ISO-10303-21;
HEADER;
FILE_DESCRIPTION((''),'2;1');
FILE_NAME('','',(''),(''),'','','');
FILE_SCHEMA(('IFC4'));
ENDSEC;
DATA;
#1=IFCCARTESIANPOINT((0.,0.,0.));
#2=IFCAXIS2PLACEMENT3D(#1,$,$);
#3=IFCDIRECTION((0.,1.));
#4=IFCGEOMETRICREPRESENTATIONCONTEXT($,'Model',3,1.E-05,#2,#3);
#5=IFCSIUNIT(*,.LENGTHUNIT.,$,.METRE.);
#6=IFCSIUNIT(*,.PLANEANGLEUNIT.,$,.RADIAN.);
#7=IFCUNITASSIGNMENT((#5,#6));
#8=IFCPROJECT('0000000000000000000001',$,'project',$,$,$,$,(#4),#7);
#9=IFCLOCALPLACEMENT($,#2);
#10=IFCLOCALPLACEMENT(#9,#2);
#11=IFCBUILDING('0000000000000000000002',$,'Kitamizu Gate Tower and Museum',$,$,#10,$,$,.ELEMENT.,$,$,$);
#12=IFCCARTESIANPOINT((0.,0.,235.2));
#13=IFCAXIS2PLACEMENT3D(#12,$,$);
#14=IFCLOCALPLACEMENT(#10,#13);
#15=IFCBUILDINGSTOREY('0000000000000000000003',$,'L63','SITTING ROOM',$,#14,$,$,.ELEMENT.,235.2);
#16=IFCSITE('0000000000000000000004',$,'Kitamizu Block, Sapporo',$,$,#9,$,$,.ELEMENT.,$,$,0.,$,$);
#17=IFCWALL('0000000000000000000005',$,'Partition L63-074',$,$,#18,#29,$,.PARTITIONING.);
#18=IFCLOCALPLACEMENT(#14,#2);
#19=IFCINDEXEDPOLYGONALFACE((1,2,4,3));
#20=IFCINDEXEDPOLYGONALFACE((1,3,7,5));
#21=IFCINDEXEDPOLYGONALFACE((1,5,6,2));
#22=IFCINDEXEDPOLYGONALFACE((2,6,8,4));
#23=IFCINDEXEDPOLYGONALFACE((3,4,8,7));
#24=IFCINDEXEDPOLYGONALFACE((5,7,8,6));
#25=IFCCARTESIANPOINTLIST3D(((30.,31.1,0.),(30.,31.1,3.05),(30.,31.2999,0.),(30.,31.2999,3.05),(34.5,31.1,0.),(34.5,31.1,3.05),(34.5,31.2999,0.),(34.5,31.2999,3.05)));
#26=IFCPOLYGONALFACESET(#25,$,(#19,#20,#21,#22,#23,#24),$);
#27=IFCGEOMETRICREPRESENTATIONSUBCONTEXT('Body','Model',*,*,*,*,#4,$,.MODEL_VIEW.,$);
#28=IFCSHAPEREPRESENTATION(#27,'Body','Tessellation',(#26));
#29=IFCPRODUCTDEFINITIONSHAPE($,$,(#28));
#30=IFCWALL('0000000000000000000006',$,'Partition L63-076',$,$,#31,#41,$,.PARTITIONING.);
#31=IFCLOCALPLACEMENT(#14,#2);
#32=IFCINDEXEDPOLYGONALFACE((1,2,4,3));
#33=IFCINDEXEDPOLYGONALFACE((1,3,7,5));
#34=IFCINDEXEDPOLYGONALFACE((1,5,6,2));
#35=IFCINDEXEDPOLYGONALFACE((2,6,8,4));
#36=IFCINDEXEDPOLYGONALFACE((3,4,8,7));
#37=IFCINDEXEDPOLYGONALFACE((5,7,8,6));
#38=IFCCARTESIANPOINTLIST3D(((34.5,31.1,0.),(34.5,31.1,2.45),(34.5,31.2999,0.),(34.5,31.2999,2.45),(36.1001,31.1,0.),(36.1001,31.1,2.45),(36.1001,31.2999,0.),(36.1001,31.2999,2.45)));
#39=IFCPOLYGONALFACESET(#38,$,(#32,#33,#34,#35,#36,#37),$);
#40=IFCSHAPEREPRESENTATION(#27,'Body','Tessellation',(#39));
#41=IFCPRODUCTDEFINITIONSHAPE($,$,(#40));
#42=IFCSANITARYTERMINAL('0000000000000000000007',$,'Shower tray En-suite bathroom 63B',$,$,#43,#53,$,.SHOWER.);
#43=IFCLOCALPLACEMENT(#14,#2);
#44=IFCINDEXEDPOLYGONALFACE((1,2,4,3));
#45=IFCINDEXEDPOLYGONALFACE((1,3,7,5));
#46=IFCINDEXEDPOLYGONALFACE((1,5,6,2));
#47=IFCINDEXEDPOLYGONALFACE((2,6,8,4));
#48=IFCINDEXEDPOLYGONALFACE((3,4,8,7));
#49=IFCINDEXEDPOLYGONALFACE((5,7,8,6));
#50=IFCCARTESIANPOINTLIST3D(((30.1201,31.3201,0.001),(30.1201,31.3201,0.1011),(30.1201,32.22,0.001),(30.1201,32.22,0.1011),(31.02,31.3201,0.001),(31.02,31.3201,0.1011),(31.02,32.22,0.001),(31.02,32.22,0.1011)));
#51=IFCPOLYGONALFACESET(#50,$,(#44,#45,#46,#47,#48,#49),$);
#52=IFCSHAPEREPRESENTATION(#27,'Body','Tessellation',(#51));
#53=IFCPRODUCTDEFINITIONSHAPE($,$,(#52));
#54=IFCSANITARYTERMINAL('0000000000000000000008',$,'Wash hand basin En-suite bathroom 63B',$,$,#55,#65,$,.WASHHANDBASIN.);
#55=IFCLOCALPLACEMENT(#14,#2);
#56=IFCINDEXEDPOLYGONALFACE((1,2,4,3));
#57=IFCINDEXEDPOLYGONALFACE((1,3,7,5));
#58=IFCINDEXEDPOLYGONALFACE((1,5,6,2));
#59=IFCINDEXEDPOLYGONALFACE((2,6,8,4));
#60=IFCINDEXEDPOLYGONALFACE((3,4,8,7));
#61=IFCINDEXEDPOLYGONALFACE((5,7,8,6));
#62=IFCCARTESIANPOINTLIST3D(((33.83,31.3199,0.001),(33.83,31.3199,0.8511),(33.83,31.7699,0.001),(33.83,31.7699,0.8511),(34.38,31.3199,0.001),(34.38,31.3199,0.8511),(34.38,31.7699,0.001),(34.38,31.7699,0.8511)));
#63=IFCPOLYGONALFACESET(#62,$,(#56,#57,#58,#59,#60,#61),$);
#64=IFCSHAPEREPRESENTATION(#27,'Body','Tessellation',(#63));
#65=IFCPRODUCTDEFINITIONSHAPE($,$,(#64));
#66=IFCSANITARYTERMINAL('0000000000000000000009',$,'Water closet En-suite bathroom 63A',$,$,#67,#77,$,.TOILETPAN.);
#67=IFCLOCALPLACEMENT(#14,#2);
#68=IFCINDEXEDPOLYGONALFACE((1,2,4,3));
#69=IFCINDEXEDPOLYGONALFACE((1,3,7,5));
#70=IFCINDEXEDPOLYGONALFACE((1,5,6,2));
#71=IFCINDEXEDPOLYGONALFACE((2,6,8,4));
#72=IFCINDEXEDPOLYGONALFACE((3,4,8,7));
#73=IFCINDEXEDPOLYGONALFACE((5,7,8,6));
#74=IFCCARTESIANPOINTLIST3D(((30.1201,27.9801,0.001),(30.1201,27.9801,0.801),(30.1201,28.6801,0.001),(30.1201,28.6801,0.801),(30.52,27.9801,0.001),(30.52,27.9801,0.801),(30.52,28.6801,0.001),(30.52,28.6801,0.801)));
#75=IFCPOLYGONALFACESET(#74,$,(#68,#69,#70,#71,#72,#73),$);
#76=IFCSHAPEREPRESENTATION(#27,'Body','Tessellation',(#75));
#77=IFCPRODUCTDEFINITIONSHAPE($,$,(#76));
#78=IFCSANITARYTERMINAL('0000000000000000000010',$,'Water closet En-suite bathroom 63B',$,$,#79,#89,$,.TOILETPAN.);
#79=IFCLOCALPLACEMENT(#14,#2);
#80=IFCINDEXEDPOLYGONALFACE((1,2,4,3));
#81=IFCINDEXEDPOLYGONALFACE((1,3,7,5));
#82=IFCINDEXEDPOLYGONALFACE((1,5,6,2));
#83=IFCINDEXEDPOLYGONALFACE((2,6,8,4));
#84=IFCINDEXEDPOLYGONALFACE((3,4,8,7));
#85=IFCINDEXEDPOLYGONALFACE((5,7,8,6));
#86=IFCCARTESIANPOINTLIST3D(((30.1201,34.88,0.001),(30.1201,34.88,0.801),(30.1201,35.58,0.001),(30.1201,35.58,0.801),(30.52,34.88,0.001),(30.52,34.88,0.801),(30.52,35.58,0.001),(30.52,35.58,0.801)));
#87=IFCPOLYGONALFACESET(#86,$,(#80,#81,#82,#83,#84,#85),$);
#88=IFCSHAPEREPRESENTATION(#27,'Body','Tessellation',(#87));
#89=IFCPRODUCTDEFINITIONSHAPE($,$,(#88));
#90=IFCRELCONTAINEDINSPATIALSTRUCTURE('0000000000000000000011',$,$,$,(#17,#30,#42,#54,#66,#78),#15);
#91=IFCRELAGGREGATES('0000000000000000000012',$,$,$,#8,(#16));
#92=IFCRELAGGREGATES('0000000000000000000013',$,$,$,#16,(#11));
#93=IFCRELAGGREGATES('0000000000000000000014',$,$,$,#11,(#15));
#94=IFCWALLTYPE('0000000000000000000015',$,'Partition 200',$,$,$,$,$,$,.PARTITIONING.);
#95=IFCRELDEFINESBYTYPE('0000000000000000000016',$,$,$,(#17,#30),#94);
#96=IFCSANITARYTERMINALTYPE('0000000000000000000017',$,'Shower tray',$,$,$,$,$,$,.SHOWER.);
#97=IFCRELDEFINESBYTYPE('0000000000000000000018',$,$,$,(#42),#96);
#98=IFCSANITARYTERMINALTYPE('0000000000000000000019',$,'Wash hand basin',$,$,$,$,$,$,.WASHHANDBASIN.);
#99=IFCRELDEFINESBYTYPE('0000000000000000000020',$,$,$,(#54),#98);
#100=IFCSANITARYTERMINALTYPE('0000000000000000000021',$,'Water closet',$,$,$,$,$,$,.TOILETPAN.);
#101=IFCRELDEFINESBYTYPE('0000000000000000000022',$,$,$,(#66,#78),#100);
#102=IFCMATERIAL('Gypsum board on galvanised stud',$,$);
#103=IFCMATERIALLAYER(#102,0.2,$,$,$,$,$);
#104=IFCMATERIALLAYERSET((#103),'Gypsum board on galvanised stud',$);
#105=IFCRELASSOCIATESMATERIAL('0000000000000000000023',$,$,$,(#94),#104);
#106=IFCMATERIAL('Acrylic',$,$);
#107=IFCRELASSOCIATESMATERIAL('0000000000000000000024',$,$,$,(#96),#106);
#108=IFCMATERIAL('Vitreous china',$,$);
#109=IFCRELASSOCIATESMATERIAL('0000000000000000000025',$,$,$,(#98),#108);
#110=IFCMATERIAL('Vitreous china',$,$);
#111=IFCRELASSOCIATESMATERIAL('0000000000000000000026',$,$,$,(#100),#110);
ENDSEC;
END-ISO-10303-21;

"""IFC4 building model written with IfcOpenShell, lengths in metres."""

from ifc_helpers import new_model, si_unit, direction, frame, frame_2d, origin, origin_2d, place, context, subcontext, project, spatial, rectangle, extrude, material, layer, layer_set, type_object, element, save


model = new_model("IFC4")

# Units and contexts
model_context = context("Model", 3, precision=1e-05, world=origin(), true_north=direction((0.0, 1.0)))
body_context = subcontext(model_context, "Body", "Model", "MODEL_VIEW")
ifc_project = project(units=[si_unit("LENGTHUNIT", "METRE"), si_unit("PLANEANGLEUNIT", "RADIAN")], contexts=[model_context])

# Site, building, storey
site_placement = place(None, origin())
site = spatial("IfcSite", under=ifc_project, at=site_placement, Name="Kitamizu Block, Sapporo", CompositionType="ELEMENT", RefElevation=0.0)
building_placement = place(site_placement, origin())
building = spatial("IfcBuilding", under=site, at=building_placement, Name="Kitamizu Gate Tower and Museum", CompositionType="ELEMENT")
storey_placement = place(building_placement, frame((0.0, 0.0, 235.2)))
storey = spatial("IfcBuildingStorey", under=building, at=storey_placement, Name="L63", Description="SITTING ROOM", CompositionType="ELEMENT", Elevation=235.2)

# Walls
ifc_material_1 = material(Name="Gypsum board on galvanised stud")
ifc_layer_1 = layer(ifc_material_1, 0.2)
ifc_layer_set_1 = layer_set([ifc_layer_1], Name="Gypsum board on galvanised stud")
wall_type_1 = type_object("IfcWallType", Name="Partition 200", PredefinedType="PARTITIONING", material=ifc_layer_set_1)
wall_1_placement = place(storey_placement, frame((30.0, 31.2, 0.0), z_axis=(0.0, 0.0, 1.0), x_axis=(1.0, 0.0, 0.0)))
element("IfcWall", 1, at=wall_1_placement, inside=storey, type_object=wall_type_1, Name="Partition L63-074", PredefinedType="PARTITIONING", context=body_context, shape_type="SweptSolid", body=[
    extrude(rectangle(XDim=4.5, YDim=0.2, at=frame_2d((2.25, 0.0))), origin(), (0.0, 0.0, 1.0), 3.05),
])
wall_2_placement = place(storey_placement, frame((34.5, 31.2, 0.0), z_axis=(0.0, 0.0, 1.0), x_axis=(1.0, 0.0, 0.0)))
element("IfcWall", 2, at=wall_2_placement, inside=storey, type_object=wall_type_1, Name="Partition L63-076", PredefinedType="PARTITIONING", context=body_context, shape_type="SweptSolid", body=[
    extrude(rectangle(XDim=1.6001, YDim=0.2, at=frame_2d((0.8, 0.0))), origin(), (0.0, 0.0, 1.0), 2.45),
])

# Sanitary terminals
ifc_material_2 = material(Name="Acrylic")
sanitary_terminal_type_1 = type_object("IfcSanitaryTerminalType", Name="Shower tray", PredefinedType="SHOWER", material=ifc_material_2)
sanitary_terminal_1_placement = place(storey_placement, frame((30.5701, 31.77, 0.001), z_axis=(0.0, 0.0, 1.0), x_axis=(1.0, 0.0, 0.0)))
element("IfcSanitaryTerminal", 3, at=sanitary_terminal_1_placement, inside=storey, type_object=sanitary_terminal_type_1, Name="Shower tray En-suite bathroom 63B", PredefinedType="SHOWER", context=body_context, shape_type="SweptSolid", body=[
    extrude(rectangle(XDim=0.8999, YDim=0.8999, at=origin_2d()), origin(), (0.0, 0.0, 1.0), 0.1001),
])
ifc_material_3 = material(Name="Vitreous china")
sanitary_terminal_type_2 = type_object("IfcSanitaryTerminalType", Name="Wash hand basin", PredefinedType="WASHHANDBASIN", material=ifc_material_3)
sanitary_terminal_2_placement = place(storey_placement, frame((34.105, 31.5449, 0.001), z_axis=(0.0, 0.0, 1.0), x_axis=(1.0, 0.0, 0.0)))
element("IfcSanitaryTerminal", 4, at=sanitary_terminal_2_placement, inside=storey, type_object=sanitary_terminal_type_2, Name="Wash hand basin En-suite bathroom 63B", PredefinedType="WASHHANDBASIN", context=body_context, shape_type="SweptSolid", body=[
    extrude(rectangle(XDim=0.55, YDim=0.45, at=origin_2d()), origin(), (0.0, 0.0, 1.0), 0.8501),
])
ifc_material_4 = material(Name="Vitreous china")
sanitary_terminal_type_3 = type_object("IfcSanitaryTerminalType", Name="Water closet", PredefinedType="TOILETPAN", material=ifc_material_4)
for number, where, z_axis, x_axis, name in (
    (5, (30.3201, 28.3301, 0.001), (0.0, 0.0, 1.0), (1.0, 0.0, 0.0), "Water closet En-suite bathroom 63A"),
    (6, (30.3201, 35.23, 0.001), (0.0, 0.0, 1.0), (1.0, 0.0, 0.0), "Water closet En-suite bathroom 63B"),
):
    element("IfcSanitaryTerminal", number, at=place(storey_placement, frame(where, z_axis=z_axis, x_axis=x_axis)), inside=storey, type_object=sanitary_terminal_type_3, Name=name, PredefinedType="TOILETPAN", context=body_context, shape_type="SweptSolid", body=[
        extrude(rectangle(XDim=0.3999, YDim=0.7, at=origin_2d()), origin(), (0.0, 0.0, 1.0), 0.8),
    ])

save(model, "model.ifc")
